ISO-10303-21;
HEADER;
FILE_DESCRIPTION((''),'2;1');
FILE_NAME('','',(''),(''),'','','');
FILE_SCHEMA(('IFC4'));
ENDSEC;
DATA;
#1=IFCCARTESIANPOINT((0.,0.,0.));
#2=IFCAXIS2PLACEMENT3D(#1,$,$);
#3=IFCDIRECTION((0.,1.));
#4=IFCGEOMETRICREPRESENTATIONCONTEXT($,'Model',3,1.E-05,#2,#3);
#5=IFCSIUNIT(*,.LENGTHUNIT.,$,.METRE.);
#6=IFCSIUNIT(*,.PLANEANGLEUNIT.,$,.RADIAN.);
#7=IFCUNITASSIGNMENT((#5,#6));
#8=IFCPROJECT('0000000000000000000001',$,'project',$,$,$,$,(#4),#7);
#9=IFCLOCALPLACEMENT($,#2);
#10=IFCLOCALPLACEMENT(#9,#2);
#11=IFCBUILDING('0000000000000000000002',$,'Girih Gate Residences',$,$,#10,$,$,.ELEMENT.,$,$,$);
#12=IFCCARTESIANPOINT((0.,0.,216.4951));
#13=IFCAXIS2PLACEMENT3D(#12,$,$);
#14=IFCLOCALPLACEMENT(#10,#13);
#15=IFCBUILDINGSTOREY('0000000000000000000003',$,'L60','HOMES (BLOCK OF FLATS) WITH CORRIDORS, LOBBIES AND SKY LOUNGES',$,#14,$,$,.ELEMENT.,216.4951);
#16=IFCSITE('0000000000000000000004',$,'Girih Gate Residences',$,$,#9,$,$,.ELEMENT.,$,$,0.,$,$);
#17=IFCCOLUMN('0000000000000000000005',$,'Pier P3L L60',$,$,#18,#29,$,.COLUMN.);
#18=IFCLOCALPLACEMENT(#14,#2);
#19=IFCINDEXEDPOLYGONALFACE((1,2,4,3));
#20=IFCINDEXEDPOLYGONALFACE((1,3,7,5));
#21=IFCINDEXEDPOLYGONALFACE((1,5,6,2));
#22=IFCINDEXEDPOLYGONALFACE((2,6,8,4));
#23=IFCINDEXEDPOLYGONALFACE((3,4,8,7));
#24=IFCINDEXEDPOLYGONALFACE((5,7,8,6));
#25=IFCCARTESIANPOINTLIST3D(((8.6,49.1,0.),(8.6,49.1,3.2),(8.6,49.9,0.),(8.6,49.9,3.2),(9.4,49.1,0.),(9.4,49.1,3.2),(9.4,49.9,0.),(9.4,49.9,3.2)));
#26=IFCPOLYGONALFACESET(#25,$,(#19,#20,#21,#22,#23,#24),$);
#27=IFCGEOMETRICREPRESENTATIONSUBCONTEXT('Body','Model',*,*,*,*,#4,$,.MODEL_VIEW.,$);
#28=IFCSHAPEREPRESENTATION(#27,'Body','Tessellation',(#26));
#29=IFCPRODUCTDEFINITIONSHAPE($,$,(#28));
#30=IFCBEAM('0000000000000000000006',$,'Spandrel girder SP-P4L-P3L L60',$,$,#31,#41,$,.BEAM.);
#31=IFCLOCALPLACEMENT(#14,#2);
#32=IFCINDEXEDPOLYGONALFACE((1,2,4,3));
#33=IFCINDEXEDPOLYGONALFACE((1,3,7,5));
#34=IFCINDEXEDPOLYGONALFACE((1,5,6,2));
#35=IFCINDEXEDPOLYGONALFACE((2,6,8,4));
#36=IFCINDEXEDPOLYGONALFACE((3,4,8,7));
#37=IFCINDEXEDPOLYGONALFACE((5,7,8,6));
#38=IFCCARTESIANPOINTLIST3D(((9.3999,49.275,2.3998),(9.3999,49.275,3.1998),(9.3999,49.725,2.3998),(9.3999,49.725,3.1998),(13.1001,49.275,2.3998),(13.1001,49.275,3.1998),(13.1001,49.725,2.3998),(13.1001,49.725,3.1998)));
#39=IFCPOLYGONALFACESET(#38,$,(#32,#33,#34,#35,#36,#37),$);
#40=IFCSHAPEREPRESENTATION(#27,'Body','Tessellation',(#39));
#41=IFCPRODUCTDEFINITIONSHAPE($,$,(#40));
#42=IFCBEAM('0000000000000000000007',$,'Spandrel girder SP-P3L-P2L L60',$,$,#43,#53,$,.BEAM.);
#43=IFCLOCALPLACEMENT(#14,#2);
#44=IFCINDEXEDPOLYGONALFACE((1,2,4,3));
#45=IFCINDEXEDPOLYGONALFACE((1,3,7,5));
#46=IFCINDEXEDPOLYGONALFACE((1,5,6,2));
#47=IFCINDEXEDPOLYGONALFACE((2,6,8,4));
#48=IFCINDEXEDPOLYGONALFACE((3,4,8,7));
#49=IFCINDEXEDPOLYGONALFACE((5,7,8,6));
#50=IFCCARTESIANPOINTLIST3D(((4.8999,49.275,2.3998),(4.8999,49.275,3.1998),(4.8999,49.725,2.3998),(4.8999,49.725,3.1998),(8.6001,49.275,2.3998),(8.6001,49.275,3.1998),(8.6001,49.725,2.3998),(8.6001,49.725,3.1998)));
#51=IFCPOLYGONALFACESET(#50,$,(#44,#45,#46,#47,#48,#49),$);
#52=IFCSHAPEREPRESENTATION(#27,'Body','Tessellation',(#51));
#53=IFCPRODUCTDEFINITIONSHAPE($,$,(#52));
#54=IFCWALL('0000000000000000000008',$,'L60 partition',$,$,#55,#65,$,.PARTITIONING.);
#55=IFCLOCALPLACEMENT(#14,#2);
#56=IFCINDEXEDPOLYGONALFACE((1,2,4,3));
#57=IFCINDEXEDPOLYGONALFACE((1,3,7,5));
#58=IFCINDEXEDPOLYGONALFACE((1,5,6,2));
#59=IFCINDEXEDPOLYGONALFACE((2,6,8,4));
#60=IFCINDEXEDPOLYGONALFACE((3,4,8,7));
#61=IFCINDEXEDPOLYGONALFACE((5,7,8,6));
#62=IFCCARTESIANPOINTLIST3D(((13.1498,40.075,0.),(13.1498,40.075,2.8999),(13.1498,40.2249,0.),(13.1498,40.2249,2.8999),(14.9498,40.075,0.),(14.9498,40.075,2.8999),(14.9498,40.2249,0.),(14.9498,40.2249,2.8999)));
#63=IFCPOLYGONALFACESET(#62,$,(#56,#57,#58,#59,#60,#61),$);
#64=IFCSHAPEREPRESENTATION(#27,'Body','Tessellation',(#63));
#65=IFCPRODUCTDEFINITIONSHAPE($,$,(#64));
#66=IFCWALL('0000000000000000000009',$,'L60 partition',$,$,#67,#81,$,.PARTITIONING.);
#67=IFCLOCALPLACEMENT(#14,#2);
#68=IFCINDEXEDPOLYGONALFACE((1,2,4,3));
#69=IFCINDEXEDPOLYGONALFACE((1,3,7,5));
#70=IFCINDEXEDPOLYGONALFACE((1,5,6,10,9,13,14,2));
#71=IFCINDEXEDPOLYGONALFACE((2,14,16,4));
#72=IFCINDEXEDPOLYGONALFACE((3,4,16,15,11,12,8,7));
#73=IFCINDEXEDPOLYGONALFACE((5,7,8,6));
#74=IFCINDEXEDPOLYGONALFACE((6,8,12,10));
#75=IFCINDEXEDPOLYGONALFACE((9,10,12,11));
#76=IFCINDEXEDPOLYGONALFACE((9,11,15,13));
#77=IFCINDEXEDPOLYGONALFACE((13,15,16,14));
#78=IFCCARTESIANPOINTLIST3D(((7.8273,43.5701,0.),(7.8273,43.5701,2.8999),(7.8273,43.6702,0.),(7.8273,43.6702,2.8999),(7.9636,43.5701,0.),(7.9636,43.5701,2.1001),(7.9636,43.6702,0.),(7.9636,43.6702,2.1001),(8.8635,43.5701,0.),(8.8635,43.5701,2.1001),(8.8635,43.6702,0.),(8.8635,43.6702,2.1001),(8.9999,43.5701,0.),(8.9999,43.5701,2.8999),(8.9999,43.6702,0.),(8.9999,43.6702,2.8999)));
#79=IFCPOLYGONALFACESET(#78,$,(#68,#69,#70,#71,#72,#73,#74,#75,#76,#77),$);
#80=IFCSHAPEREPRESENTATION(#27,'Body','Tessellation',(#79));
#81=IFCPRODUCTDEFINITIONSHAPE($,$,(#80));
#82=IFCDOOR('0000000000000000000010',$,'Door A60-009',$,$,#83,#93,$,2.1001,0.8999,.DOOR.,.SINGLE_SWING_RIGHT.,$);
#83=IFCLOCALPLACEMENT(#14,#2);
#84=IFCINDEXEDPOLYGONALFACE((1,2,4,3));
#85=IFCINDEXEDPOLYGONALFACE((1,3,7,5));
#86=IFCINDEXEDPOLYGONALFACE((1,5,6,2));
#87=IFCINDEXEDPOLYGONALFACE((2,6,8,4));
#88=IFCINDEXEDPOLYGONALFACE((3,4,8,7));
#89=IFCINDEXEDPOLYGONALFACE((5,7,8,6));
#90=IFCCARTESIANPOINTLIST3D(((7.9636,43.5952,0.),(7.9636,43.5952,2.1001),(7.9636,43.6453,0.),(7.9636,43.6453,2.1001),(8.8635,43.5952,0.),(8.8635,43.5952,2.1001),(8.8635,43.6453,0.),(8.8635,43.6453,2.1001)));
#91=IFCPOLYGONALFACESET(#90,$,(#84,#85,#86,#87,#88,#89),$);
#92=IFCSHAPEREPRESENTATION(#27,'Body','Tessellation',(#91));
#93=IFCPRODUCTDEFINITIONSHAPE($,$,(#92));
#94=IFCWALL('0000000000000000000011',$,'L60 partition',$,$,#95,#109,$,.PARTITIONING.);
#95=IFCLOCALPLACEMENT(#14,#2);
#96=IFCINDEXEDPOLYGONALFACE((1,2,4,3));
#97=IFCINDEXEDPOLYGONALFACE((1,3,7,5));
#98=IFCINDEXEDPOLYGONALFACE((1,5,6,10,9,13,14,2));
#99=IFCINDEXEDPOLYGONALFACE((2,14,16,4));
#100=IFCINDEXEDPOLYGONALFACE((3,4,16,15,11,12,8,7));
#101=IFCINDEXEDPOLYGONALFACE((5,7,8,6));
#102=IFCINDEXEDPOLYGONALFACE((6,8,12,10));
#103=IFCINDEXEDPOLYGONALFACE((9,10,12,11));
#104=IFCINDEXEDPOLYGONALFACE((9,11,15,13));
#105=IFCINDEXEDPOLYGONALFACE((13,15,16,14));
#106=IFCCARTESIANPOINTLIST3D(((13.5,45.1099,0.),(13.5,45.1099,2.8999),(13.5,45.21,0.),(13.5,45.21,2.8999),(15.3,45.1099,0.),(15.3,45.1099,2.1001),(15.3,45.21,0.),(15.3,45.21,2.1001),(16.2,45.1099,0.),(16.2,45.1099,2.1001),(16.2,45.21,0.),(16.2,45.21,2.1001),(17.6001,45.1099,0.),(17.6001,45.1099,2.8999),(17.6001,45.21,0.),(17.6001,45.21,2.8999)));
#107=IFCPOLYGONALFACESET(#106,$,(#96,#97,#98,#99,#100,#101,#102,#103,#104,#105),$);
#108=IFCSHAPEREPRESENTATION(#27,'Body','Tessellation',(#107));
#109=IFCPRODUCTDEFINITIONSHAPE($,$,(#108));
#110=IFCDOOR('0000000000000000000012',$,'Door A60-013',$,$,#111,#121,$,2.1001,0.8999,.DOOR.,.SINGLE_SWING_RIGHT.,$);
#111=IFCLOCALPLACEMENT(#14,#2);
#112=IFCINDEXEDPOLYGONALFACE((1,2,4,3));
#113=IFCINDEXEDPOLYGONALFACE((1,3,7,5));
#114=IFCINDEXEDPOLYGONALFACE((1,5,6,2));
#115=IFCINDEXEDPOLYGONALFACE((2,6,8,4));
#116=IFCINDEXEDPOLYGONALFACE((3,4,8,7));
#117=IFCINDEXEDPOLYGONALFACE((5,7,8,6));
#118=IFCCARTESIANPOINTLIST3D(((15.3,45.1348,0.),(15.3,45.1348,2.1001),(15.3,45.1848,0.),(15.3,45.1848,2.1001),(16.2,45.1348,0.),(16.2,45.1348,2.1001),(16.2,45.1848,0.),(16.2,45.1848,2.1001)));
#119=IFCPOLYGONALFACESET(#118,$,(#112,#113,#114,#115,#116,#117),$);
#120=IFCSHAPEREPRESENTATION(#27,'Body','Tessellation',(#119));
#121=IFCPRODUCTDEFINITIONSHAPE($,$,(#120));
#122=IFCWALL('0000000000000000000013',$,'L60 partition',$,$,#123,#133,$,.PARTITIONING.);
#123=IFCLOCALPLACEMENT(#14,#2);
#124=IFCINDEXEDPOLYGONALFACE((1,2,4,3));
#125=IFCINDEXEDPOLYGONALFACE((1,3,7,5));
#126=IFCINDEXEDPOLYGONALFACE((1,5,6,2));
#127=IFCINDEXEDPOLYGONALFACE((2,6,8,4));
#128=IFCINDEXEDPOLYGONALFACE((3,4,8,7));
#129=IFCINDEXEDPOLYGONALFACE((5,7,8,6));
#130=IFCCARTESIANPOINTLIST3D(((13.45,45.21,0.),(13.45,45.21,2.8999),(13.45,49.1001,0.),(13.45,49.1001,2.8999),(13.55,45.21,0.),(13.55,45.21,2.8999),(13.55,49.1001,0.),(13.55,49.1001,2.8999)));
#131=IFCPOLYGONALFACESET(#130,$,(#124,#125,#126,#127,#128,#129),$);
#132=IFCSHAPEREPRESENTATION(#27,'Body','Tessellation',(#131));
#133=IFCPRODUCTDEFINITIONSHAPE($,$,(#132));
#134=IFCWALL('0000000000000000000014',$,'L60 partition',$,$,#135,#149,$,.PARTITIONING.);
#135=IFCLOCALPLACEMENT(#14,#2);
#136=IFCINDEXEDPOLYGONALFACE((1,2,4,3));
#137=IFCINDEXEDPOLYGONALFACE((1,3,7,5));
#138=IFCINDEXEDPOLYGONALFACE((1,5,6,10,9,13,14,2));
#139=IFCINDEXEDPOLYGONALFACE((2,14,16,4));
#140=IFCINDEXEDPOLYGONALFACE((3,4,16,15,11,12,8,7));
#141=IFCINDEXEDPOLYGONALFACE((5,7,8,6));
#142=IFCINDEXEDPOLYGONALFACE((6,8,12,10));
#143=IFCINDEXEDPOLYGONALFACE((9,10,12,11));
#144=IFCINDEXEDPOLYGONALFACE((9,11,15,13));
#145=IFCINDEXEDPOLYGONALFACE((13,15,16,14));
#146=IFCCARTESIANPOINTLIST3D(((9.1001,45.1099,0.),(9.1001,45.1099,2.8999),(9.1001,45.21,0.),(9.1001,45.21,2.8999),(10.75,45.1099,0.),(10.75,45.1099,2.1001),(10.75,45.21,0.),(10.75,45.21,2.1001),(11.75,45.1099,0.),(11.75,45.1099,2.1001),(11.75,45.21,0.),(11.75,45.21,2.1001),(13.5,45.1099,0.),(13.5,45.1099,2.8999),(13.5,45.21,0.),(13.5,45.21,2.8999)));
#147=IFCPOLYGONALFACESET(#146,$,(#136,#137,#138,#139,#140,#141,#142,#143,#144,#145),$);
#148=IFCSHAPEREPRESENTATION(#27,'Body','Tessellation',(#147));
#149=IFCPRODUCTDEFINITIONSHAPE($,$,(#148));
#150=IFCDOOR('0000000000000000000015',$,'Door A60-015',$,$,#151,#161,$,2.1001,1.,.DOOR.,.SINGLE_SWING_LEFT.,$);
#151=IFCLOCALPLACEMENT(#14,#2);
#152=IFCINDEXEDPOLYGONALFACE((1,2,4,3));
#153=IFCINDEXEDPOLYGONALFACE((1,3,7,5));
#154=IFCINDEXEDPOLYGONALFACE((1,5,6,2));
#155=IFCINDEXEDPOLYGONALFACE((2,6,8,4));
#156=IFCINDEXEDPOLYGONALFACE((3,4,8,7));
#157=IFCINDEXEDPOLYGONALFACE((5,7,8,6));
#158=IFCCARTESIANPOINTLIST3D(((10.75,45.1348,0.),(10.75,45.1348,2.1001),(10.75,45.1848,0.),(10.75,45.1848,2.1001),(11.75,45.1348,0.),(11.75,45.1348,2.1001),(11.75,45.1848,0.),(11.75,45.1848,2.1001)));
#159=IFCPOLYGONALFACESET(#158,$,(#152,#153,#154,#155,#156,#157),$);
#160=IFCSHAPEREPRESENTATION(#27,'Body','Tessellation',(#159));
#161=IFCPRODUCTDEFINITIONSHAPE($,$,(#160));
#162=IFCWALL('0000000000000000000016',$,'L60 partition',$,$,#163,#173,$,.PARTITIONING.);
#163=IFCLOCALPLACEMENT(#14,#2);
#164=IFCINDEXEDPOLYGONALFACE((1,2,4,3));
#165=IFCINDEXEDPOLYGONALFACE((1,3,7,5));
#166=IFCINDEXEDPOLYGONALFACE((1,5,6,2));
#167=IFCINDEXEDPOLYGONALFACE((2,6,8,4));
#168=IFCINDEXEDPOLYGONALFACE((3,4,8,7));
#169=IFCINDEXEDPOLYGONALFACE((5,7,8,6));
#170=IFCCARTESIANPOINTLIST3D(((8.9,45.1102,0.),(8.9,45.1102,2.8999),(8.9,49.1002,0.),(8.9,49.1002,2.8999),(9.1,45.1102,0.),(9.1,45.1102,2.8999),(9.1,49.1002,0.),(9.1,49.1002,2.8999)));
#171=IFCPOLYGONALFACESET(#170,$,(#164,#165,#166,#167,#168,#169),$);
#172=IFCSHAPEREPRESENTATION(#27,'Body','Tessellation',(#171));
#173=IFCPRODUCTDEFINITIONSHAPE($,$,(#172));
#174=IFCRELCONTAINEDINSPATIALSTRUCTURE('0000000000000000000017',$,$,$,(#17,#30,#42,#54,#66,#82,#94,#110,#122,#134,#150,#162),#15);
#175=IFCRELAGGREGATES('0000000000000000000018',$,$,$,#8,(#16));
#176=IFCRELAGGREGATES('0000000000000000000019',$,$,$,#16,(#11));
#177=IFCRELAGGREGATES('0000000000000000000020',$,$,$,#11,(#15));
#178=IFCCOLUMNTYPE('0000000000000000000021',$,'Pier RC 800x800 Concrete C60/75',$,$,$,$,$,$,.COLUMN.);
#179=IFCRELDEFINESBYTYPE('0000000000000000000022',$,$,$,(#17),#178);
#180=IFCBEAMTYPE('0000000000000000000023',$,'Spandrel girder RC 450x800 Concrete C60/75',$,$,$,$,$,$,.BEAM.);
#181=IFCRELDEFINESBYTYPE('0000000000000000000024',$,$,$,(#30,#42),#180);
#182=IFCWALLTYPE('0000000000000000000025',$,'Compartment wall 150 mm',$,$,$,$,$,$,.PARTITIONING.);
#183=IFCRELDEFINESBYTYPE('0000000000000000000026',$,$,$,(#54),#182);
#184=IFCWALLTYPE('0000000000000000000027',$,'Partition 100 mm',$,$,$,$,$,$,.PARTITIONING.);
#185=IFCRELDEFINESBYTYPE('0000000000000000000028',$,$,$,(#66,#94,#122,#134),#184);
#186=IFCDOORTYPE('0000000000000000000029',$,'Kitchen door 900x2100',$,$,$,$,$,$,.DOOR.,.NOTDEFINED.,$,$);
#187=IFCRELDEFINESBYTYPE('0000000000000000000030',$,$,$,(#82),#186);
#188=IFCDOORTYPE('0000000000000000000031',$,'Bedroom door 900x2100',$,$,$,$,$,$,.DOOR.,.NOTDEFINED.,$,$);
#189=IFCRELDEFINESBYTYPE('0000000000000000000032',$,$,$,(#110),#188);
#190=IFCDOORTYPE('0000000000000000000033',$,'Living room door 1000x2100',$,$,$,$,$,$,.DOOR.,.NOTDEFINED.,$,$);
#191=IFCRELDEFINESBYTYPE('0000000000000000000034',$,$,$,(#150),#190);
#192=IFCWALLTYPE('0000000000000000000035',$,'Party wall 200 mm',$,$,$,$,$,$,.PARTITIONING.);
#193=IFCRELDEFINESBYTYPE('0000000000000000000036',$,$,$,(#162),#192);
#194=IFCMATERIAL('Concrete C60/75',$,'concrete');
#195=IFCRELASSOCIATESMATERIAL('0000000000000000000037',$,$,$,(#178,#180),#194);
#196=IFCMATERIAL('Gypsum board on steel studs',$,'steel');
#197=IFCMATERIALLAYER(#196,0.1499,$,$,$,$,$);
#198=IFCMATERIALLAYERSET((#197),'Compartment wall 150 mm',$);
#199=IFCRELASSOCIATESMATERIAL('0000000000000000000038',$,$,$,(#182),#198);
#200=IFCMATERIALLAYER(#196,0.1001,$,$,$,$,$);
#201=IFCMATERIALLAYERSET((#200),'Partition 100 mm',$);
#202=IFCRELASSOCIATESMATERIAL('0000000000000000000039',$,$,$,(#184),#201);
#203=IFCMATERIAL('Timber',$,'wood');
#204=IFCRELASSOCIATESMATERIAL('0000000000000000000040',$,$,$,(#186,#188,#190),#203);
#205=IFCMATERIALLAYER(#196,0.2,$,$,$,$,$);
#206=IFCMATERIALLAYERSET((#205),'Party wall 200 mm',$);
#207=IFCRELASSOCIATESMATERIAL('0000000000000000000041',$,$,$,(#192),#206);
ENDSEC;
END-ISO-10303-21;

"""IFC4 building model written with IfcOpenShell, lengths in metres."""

from ifc_helpers import new_model, si_unit, direction, frame, frame_2d, origin, origin_2d, place, context, subcontext, project, spatial, rectangle, extrude, material, layer, layer_set, material_profile, profile_set, type_object, element, fill, save


model = new_model("IFC4")

# Units and contexts
model_context = context("Model", 3, precision=1e-05, world=origin(), true_north=direction((0.0, 1.0)))
body_context = subcontext(model_context, "Body", "Model", "MODEL_VIEW")
ifc_project = project(units=[si_unit("LENGTHUNIT", "METRE"), si_unit("PLANEANGLEUNIT", "RADIAN")], contexts=[model_context])

# Site, building, storey
site_placement = place(None, origin())
site = spatial("IfcSite", under=ifc_project, at=site_placement, Name="Girih Gate Residences", CompositionType="ELEMENT", RefElevation=0.0)
building_placement = place(site_placement, origin())
building = spatial("IfcBuilding", under=site, at=building_placement, Name="Girih Gate Residences", CompositionType="ELEMENT")
storey_placement = place(building_placement, frame((0.0, 0.0, 216.4951)))
storey = spatial("IfcBuildingStorey", under=building, at=storey_placement, Name="L60", Description="HOMES (BLOCK OF FLATS) WITH CORRIDORS, LOBBIES AND SKY LOUNGES", CompositionType="ELEMENT", Elevation=216.4951)

# Column
ifc_material_1 = material(Name="Concrete C60/75", Category="concrete")
ifc_material_profile_1 = material_profile(ifc_material_1, rectangle(XDim=0.8, YDim=0.8, at=origin_2d()))
ifc_profile_set_1 = profile_set([ifc_material_profile_1], Name="Concrete C60/75")
column_type = type_object("IfcColumnType", Name="Pier RC 800x800 Concrete C60/75", PredefinedType="COLUMN", material=ifc_profile_set_1)
column_placement = place(storey_placement, frame((9.0, 49.5, 0.0), z_axis=(0.0, 0.0, 1.0), x_axis=(1.0, 0.0, 0.0)))
element("IfcColumn", 1, at=column_placement, inside=storey, type_object=column_type, Name="Pier P3L L60", PredefinedType="COLUMN", context=body_context, shape_type="SweptSolid", body=[
    extrude(rectangle(XDim=0.8, YDim=0.8, at=origin_2d()), origin(), (0.0, 0.0, 1.0), 3.2),
])

# Beams
ifc_material_profile_2 = material_profile(ifc_material_1, rectangle(XDim=0.45, YDim=0.8, at=origin_2d()))
ifc_profile_set_2 = profile_set([ifc_material_profile_2], Name="Concrete C60/75")
beam_type = type_object("IfcBeamType", Name="Spandrel girder RC 450x800 Concrete C60/75", PredefinedType="BEAM", material=ifc_profile_set_2)
for number, where, z_axis, x_axis, name in (
    (2, (13.1001, 49.5, 2.7998), (-1.0, 0.0, 0.0), (0.0, -1.0, 0.0), "Spandrel girder SP-P4L-P3L L60"),
    (3, (8.6001, 49.5, 2.7998), (-1.0, 0.0, 0.0), (0.0, -1.0, 0.0), "Spandrel girder SP-P3L-P2L L60"),
):
    element("IfcBeam", number, at=place(storey_placement, frame(where, z_axis=z_axis, x_axis=x_axis)), inside=storey, type_object=beam_type, Name=name, PredefinedType="BEAM", context=body_context, shape_type="SweptSolid", body=[
        extrude(rectangle(XDim=0.45, YDim=0.8, at=origin_2d()), origin(), (0.0, 0.0, 1.0), 3.7002),
    ])

# Wall
ifc_material_2 = material(Name="Gypsum board on steel studs", Category="steel")
ifc_layer_1 = layer(ifc_material_2, 0.1499)
ifc_layer_set_1 = layer_set([ifc_layer_1], Name="Compartment wall 150 mm")
wall_type_1 = type_object("IfcWallType", Name="Compartment wall 150 mm", PredefinedType="PARTITIONING", material=ifc_layer_set_1)
wall_1_placement = place(storey_placement, frame((13.1499, 40.1499, 0.0), z_axis=(0.0, 0.0, 1.0), x_axis=(1.0, 0.0, 0.0)))
element("IfcWall", 4, at=wall_1_placement, inside=storey, type_object=wall_type_1, Name="L60 partition", PredefinedType="PARTITIONING", context=body_context, shape_type="SweptSolid", body=[
    extrude(rectangle(XDim=1.8, YDim=0.1499, at=frame_2d((0.8999, 0.0))), origin(), (0.0, 0.0, 1.0), 2.8999),
])

# Walls, openings, doors
ifc_layer_2 = layer(ifc_material_2, 0.1001)
ifc_layer_set_2 = layer_set([ifc_layer_2], Name="Partition 100 mm")
wall_type_2 = type_object("IfcWallType", Name="Partition 100 mm", PredefinedType="PARTITIONING", material=ifc_layer_set_2)
wall_2_placement = place(storey_placement, frame((9.0, 43.6201, 0.0), z_axis=(0.0, 0.0, 1.0), x_axis=(-1.0, 0.0, 0.0)))
wall_2 = element("IfcWall", 5, at=wall_2_placement, inside=storey, type_object=wall_type_2, Name="L60 partition", PredefinedType="PARTITIONING", context=body_context, shape_type="SweptSolid", body=[
    extrude(rectangle(XDim=1.1726, YDim=0.1001, at=frame_2d((0.5864, 0.0))), origin(), (0.0, 0.0, 1.0), 2.8999),
])
opening_1_placement = place(wall_2_placement, frame((0.1365, 0.0, 0.0)))
opening_1 = element("IfcOpeningElement", 6, at=opening_1_placement, cuts=wall_2, PredefinedType="OPENING", context=body_context, shape_type="SweptSolid", body=[
    extrude(rectangle(XDim=0.8999, YDim=2.1001, at=frame_2d((0.45, 1.05))), frame((0.0, 0.0601, 0.0), z_axis=(0.0, -1.0, 0.0), x_axis=(1.0, 0.0, 0.0)), (0.0, 0.0, 1.0), 0.1201),
])
ifc_material_3 = material(Name="Timber", Category="wood")
door_type_1 = type_object("IfcDoorType", Name="Kitchen door 900x2100", OperationType="NOTDEFINED", PredefinedType="DOOR", material=ifc_material_3)
door_1_placement = place(opening_1_placement, origin())
door_1 = element("IfcDoor", 7, at=door_1_placement, inside=storey, type_object=door_type_1, Name="Door A60-009", OperationType="SINGLE_SWING_RIGHT", OverallHeight=2.1001, OverallWidth=0.8999, PredefinedType="DOOR", context=body_context, shape_type="SweptSolid", body=[
    extrude(rectangle(XDim=0.8999, YDim=2.1001, at=frame_2d((0.45, 1.05))), frame((0.0, 0.0249, 0.0), z_axis=(0.0, -1.0, 0.0), x_axis=(1.0, 0.0, 0.0)), (0.0, 0.0, 1.0), 0.05),
])
fill(opening_1, door_1)
wall_3_placement = place(storey_placement, frame((13.5, 45.1599, 0.0), z_axis=(0.0, 0.0, 1.0), x_axis=(1.0, 0.0, 0.0)))
wall_3 = element("IfcWall", 8, at=wall_3_placement, inside=storey, type_object=wall_type_2, Name="L60 partition", PredefinedType="PARTITIONING", context=body_context, shape_type="SweptSolid", body=[
    extrude(rectangle(XDim=4.1001, YDim=0.1001, at=frame_2d((2.05, 0.0))), origin(), (0.0, 0.0, 1.0), 2.8999),
])
opening_2_placement = place(wall_3_placement, frame((1.8, 0.0, 0.0)))
opening_2 = element("IfcOpeningElement", 9, at=opening_2_placement, cuts=wall_3, PredefinedType="OPENING", context=body_context, shape_type="SweptSolid", body=[
    extrude(rectangle(XDim=0.8999, YDim=2.1001, at=frame_2d((0.45, 1.05))), frame((0.0, 0.0601, 0.0), z_axis=(0.0, -1.0, 0.0), x_axis=(1.0, 0.0, 0.0)), (0.0, 0.0, 1.0), 0.1201),
])
door_type_2 = type_object("IfcDoorType", Name="Bedroom door 900x2100", OperationType="NOTDEFINED", PredefinedType="DOOR", material=ifc_material_3)
door_2_placement = place(opening_2_placement, origin())
door_2 = element("IfcDoor", 10, at=door_2_placement, inside=storey, type_object=door_type_2, Name="Door A60-013", OperationType="SINGLE_SWING_RIGHT", OverallHeight=2.1001, OverallWidth=0.8999, PredefinedType="DOOR", context=body_context, shape_type="SweptSolid", body=[
    extrude(rectangle(XDim=0.8999, YDim=2.1001, at=frame_2d((0.45, 1.05))), frame((0.0, 0.0249, 0.0), z_axis=(0.0, -1.0, 0.0), x_axis=(1.0, 0.0, 0.0)), (0.0, 0.0, 1.0), 0.05),
])
fill(opening_2, door_2)

# Wall
wall_4_placement = place(storey_placement, frame((13.5, 45.21, 0.0), z_axis=(0.0, 0.0, 1.0), x_axis=(0.0, 1.0, 0.0)))
element("IfcWall", 11, at=wall_4_placement, inside=storey, type_object=wall_type_2, Name="L60 partition", PredefinedType="PARTITIONING", context=body_context, shape_type="SweptSolid", body=[
    extrude(rectangle(XDim=3.8901, YDim=0.1001, at=frame_2d((1.9451, 0.0))), origin(), (0.0, 0.0, 1.0), 2.8999),
])

# Wall, opening, door
wall_5_placement = place(storey_placement, frame((9.1001, 45.1599, 0.0), z_axis=(0.0, 0.0, 1.0), x_axis=(1.0, 0.0, 0.0)))
wall_5 = element("IfcWall", 12, at=wall_5_placement, inside=storey, type_object=wall_type_2, Name="L60 partition", PredefinedType="PARTITIONING", context=body_context, shape_type="SweptSolid", body=[
    extrude(rectangle(XDim=4.3999, YDim=0.1001, at=frame_2d((2.2, 0.0))), origin(), (0.0, 0.0, 1.0), 2.8999),
])
opening_3_placement = place(wall_5_placement, frame((1.6499, 0.0, 0.0)))
opening_3 = element("IfcOpeningElement", 13, at=opening_3_placement, cuts=wall_5, PredefinedType="OPENING", context=body_context, shape_type="SweptSolid", body=[
    extrude(rectangle(XDim=1.0, YDim=2.1001, at=frame_2d((0.5, 1.05))), frame((0.0, 0.0601, 0.0), z_axis=(0.0, -1.0, 0.0), x_axis=(1.0, 0.0, 0.0)), (0.0, 0.0, 1.0), 0.1201),
])
door_type_3 = type_object("IfcDoorType", Name="Living room door 1000x2100", OperationType="NOTDEFINED", PredefinedType="DOOR", material=ifc_material_3)
door_3_placement = place(opening_3_placement, origin())
door_3 = element("IfcDoor", 14, at=door_3_placement, inside=storey, type_object=door_type_3, Name="Door A60-015", OperationType="SINGLE_SWING_LEFT", OverallHeight=2.1001, OverallWidth=1.0, PredefinedType="DOOR", context=body_context, shape_type="SweptSolid", body=[
    extrude(rectangle(XDim=1.0, YDim=2.1001, at=frame_2d((0.5, 1.05))), frame((0.0, 0.0249, 0.0), z_axis=(0.0, -1.0, 0.0), x_axis=(1.0, 0.0, 0.0)), (0.0, 0.0, 1.0), 0.05),
])
fill(opening_3, door_3)

# Wall
ifc_layer_3 = layer(ifc_material_2, 0.2)
ifc_layer_set_3 = layer_set([ifc_layer_3], Name="Party wall 200 mm")
wall_type_3 = type_object("IfcWallType", Name="Party wall 200 mm", PredefinedType="PARTITIONING", material=ifc_layer_set_3)
wall_6_placement = place(storey_placement, frame((9.0, 45.1101, 0.0), z_axis=(0.0, 0.0, 1.0), x_axis=(0.0, 1.0, 0.0)))
element("IfcWall", 15, at=wall_6_placement, inside=storey, type_object=wall_type_3, Name="L60 partition", PredefinedType="PARTITIONING", context=body_context, shape_type="SweptSolid", body=[
    extrude(rectangle(XDim=3.99, YDim=0.2, at=frame_2d((1.9951, 0.0))), origin(), (0.0, 0.0, 1.0), 2.8999),
])

save(model, "model.ifc")
